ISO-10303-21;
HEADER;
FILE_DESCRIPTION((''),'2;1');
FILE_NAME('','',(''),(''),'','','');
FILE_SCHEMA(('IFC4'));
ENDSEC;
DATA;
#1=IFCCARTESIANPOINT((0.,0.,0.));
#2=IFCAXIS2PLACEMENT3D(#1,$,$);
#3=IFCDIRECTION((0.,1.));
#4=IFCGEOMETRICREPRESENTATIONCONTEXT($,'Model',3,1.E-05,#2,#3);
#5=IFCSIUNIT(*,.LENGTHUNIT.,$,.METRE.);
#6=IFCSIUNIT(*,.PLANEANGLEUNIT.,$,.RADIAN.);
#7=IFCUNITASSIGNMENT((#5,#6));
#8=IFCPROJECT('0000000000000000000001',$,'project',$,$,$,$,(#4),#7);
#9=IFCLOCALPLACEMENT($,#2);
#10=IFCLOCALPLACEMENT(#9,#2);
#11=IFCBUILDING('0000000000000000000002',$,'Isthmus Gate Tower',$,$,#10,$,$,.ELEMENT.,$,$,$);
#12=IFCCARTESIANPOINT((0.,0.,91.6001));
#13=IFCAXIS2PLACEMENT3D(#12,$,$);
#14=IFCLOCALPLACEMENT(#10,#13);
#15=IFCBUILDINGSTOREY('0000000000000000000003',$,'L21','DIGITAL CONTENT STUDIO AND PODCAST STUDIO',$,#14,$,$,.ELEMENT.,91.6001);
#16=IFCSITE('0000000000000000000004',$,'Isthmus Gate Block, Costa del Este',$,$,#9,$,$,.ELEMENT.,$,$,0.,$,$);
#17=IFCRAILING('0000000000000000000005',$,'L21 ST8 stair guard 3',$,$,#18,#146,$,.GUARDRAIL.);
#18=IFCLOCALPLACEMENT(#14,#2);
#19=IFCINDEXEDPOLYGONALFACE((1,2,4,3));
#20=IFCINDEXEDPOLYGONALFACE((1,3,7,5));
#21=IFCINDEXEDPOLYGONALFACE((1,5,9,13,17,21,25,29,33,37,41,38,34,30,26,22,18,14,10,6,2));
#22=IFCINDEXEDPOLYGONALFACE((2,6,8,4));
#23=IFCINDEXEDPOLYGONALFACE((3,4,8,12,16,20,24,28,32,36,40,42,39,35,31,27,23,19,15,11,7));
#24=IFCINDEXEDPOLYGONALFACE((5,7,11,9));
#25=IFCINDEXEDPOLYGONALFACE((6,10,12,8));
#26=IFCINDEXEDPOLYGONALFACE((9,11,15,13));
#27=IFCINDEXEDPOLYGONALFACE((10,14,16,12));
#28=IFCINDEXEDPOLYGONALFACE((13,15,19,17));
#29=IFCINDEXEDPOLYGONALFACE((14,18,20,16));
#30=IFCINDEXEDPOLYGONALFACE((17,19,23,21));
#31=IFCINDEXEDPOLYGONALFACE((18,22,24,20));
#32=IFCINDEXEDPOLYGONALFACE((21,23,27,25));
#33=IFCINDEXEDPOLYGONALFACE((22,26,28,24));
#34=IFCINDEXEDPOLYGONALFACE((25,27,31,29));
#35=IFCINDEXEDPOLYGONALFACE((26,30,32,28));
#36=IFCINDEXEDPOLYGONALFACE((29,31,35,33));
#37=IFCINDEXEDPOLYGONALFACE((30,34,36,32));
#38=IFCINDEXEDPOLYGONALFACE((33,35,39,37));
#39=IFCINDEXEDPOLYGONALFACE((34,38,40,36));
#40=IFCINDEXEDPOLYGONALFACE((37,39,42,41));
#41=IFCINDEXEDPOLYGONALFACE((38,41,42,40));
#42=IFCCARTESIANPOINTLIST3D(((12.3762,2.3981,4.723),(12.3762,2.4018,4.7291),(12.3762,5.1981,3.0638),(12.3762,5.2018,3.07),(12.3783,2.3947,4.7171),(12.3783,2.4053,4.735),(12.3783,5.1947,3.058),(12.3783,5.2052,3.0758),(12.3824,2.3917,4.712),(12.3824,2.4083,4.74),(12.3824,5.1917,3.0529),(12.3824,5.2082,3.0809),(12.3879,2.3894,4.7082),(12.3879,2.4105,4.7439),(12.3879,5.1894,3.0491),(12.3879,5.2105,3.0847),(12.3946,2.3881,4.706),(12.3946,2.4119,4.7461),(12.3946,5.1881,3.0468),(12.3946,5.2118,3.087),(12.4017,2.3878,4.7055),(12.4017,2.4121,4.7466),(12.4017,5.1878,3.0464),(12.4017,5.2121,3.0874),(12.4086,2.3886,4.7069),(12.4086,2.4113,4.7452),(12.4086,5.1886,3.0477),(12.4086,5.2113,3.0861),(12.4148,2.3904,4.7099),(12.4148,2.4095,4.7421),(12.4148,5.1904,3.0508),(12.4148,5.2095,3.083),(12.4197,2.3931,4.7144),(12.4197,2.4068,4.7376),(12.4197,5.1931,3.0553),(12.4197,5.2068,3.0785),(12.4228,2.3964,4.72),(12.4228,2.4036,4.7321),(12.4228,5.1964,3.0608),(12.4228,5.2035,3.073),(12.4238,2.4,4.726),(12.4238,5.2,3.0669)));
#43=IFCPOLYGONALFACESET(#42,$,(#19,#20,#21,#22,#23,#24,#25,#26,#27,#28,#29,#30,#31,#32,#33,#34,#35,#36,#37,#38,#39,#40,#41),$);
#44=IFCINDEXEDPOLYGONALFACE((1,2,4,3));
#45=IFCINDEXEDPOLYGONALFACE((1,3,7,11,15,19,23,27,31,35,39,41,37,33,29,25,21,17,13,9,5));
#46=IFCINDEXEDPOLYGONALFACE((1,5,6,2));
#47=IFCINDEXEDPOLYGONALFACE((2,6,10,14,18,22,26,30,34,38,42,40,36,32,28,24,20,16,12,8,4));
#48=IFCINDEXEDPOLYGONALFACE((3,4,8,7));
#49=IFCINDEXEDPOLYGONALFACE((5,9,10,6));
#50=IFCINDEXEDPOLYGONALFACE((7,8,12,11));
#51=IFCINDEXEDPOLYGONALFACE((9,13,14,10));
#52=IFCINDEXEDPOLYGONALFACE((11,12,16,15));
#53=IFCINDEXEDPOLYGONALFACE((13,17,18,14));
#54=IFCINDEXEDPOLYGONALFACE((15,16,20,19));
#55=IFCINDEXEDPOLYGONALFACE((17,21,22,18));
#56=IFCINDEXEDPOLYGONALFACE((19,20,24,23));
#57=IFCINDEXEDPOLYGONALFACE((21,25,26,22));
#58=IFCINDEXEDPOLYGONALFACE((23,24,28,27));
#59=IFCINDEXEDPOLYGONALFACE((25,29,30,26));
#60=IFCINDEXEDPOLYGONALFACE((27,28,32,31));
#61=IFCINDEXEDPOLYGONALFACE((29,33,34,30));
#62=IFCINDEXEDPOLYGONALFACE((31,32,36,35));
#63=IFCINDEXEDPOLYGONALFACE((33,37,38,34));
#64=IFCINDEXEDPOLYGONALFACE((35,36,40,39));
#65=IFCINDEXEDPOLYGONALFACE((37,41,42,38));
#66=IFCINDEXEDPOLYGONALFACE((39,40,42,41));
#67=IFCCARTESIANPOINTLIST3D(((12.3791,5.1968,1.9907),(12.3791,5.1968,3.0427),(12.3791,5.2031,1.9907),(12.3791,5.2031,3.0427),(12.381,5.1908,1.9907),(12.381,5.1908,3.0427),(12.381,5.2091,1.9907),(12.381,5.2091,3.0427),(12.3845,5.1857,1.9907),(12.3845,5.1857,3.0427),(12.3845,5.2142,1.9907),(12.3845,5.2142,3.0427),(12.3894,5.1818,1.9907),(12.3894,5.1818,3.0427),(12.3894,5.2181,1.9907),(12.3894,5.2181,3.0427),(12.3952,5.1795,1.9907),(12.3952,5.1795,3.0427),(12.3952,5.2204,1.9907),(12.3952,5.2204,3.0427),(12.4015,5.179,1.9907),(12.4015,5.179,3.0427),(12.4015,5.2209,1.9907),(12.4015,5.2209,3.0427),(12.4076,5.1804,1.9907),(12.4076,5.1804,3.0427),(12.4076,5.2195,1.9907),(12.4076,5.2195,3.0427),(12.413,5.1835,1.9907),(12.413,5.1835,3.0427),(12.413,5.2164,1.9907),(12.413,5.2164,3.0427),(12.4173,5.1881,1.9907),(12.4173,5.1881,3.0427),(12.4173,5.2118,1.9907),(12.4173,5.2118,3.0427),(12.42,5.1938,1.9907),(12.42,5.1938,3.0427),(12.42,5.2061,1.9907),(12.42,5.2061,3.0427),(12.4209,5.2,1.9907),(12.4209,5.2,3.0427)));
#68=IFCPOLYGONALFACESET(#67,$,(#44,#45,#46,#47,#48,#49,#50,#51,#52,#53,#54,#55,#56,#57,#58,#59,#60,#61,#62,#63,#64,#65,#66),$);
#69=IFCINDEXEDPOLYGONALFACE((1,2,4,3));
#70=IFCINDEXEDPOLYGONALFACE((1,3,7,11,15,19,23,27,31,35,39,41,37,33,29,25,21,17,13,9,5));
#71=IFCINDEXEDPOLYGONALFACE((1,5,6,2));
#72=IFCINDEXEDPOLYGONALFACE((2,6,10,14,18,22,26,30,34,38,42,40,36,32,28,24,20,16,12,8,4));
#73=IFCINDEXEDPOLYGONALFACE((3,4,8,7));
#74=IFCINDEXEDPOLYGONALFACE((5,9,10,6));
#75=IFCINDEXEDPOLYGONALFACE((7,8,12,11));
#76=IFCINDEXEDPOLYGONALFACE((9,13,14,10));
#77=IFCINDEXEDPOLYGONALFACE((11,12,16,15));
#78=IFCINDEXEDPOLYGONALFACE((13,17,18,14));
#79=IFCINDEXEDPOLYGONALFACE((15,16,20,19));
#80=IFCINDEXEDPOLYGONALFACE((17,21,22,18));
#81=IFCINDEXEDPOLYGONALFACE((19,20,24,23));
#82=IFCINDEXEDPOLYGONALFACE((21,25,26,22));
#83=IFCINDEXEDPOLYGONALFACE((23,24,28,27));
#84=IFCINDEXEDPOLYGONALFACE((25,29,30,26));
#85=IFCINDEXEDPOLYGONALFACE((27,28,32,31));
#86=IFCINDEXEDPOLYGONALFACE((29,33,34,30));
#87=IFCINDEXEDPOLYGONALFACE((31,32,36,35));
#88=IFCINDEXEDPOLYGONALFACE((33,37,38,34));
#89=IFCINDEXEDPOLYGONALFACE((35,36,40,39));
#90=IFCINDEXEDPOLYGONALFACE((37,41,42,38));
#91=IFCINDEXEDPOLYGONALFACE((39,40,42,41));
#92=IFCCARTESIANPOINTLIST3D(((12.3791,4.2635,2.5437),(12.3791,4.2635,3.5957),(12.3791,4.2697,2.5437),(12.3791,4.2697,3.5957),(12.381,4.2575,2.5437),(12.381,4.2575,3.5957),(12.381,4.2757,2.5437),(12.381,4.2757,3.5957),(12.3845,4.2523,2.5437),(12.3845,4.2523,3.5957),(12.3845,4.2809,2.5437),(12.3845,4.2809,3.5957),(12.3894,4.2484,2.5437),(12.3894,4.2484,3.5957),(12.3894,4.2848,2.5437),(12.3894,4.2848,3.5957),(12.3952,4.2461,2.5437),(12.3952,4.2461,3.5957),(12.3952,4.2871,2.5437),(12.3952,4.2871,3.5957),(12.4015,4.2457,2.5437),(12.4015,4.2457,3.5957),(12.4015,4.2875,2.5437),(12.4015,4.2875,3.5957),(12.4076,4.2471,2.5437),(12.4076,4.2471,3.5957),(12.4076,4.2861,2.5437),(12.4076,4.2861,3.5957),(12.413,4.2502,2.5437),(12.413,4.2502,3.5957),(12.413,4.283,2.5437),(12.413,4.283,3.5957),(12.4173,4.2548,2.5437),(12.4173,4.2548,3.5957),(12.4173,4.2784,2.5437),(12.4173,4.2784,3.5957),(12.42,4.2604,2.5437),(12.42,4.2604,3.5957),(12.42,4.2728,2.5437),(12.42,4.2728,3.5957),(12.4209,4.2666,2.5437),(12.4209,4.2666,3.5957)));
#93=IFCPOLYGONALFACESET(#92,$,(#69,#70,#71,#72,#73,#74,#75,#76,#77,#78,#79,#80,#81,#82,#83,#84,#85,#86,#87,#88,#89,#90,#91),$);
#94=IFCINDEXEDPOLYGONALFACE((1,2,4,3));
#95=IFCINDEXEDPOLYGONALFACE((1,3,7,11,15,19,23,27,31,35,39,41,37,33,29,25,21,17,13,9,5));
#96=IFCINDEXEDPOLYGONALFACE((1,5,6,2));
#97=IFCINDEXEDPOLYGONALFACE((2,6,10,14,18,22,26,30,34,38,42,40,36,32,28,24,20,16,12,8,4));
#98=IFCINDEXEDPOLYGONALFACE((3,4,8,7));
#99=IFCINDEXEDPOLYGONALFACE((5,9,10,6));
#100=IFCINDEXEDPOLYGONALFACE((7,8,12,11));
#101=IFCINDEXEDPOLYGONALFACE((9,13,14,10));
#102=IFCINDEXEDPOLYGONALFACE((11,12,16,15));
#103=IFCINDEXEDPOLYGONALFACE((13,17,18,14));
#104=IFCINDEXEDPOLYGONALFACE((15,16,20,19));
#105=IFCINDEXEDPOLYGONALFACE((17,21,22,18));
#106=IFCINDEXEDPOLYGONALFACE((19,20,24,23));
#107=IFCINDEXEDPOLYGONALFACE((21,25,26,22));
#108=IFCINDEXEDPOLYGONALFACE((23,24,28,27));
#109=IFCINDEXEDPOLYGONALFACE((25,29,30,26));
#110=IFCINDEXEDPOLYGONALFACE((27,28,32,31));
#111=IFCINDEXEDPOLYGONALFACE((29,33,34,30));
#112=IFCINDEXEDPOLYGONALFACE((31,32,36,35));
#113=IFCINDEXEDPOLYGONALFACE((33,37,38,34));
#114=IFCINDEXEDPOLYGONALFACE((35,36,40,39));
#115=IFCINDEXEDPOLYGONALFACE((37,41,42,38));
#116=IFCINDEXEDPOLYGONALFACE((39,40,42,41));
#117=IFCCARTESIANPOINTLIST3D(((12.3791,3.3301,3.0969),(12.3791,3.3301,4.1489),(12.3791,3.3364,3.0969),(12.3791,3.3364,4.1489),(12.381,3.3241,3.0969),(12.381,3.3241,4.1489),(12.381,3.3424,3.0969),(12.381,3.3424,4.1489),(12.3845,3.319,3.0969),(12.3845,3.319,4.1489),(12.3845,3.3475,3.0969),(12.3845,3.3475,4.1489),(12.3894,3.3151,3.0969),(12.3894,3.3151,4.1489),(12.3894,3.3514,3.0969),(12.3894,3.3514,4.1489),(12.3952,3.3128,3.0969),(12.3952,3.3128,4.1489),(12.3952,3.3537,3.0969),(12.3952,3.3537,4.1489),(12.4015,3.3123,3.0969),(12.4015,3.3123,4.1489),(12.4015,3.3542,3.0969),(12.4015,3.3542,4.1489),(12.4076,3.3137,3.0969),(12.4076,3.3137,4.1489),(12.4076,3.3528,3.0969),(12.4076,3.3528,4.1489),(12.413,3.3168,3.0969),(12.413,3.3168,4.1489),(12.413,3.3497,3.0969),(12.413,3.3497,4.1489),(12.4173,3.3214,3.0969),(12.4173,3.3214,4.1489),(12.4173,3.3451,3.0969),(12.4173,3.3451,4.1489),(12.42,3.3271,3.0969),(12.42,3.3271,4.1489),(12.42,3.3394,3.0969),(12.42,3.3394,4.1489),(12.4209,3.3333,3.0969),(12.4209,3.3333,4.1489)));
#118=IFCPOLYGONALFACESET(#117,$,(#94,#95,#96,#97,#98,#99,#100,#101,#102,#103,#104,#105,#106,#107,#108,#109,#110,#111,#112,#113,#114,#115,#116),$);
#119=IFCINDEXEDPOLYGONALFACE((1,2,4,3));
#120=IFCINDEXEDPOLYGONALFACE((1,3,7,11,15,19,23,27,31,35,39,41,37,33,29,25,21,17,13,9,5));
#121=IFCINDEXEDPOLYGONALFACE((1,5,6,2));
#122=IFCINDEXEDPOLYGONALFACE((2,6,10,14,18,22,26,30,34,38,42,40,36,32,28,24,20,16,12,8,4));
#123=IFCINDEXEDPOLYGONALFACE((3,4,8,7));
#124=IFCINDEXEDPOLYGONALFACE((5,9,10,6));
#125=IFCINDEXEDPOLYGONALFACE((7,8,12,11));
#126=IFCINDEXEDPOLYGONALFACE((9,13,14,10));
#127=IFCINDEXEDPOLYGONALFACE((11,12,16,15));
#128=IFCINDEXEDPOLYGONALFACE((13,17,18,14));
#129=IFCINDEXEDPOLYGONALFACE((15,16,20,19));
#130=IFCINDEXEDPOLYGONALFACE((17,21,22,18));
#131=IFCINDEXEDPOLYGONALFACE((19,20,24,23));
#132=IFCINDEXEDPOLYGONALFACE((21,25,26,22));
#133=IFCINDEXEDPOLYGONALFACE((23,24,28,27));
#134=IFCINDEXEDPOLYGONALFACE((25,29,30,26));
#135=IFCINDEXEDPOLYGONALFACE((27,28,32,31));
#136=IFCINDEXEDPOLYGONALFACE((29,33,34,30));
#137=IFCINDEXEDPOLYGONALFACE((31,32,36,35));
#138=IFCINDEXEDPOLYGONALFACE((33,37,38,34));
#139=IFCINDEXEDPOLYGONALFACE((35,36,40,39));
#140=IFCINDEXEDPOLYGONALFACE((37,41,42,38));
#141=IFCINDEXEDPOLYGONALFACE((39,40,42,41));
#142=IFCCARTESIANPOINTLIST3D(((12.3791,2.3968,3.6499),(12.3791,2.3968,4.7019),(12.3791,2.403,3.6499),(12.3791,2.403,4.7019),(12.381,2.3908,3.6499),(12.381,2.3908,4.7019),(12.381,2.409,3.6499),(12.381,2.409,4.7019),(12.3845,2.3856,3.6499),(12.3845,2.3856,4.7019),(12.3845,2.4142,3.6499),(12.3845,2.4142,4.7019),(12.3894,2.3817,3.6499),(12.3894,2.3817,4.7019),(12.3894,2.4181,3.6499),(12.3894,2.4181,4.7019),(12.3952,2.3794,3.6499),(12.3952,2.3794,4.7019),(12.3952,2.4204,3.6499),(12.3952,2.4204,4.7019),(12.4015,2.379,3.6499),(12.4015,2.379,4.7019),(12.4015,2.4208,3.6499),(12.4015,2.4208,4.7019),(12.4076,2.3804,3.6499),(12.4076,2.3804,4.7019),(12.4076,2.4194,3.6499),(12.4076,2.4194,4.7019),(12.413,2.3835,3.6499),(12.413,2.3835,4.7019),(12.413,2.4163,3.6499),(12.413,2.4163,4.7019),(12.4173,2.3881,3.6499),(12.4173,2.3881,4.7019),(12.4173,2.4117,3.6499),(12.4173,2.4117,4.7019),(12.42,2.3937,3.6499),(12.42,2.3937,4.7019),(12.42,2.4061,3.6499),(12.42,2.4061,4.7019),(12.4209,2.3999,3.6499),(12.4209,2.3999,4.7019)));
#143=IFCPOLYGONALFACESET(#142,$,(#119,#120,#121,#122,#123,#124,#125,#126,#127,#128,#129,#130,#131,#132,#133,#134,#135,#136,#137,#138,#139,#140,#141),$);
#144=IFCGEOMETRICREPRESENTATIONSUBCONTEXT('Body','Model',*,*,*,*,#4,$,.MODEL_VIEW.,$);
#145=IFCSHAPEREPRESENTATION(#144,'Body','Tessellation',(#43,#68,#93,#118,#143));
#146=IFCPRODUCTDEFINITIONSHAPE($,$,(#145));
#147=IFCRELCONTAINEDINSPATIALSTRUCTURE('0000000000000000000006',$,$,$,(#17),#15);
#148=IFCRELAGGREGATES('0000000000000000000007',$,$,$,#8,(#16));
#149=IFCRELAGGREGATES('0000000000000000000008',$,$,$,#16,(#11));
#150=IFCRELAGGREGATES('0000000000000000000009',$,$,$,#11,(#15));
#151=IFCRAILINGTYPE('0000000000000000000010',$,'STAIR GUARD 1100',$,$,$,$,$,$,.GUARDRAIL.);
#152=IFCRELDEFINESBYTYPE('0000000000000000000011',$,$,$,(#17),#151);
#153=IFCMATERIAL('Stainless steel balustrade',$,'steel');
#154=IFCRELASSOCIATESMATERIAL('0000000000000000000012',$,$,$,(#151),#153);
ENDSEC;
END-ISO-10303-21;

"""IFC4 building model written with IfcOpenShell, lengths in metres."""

from ifc_helpers import new_model, si_unit, direction, frame, origin, origin_2d, place, context, subcontext, project, spatial, circle, extrude, material, type_object, element, save


model = new_model("IFC4")

# Units and contexts
model_context = context("Model", 3, precision=1e-05, world=origin(), true_north=direction((0.0, 1.0)))
body_context = subcontext(model_context, "Body", "Model", "MODEL_VIEW")
ifc_project = project(units=[si_unit("LENGTHUNIT", "METRE"), si_unit("PLANEANGLEUNIT", "RADIAN")], contexts=[model_context])

# Site, building, storey
site_placement = place(None, origin())
site = spatial("IfcSite", under=ifc_project, at=site_placement, Name="Isthmus Gate Block, Costa del Este", CompositionType="ELEMENT", RefElevation=0.0)
building_placement = place(site_placement, origin())
building = spatial("IfcBuilding", under=site, at=building_placement, Name="Isthmus Gate Tower", CompositionType="ELEMENT")
storey_placement = place(building_placement, frame((0.0, 0.0, 91.6001)))
storey = spatial("IfcBuildingStorey", under=building, at=storey_placement, Name="L21", Description="DIGITAL CONTENT STUDIO AND PODCAST STUDIO", CompositionType="ELEMENT", Elevation=91.6001)

# Railing
ifc_material_1 = material(Name="Stainless steel balustrade", Category="steel")
railing_type_1 = type_object("IfcRailingType", Name="STAIR GUARD 1100", PredefinedType="GUARDRAIL", material=ifc_material_1)
railing_1_placement = place(storey_placement, frame((12.3999, 5.2, 1.9907)))
element("IfcRailing", 1, at=railing_1_placement, inside=storey, type_object=railing_type_1, Name="L21 ST8 stair guard 3", PredefinedType="GUARDRAIL", context=body_context, shape_type="SweptSolid", body=[
    extrude(circle(Radius=0.0239, at=origin_2d()), frame((0.0, 0.0, 1.0762), z_axis=(0.0, -0.860306, 0.509778), x_axis=(1.0, 0.0, 0.0)), (0.0, 0.0, 1.0), 3.2546),
    extrude(circle(Radius=0.021, at=origin_2d()), origin(), (0.0, 0.0, 1.0), 1.052),
    extrude(circle(Radius=0.021, at=origin_2d()), frame((0.0, -0.9333, 0.553)), (0.0, 0.0, 1.0), 1.052),
    extrude(circle(Radius=0.021, at=origin_2d()), frame((0.0, -1.8667, 1.1062)), (0.0, 0.0, 1.0), 1.052),
    extrude(circle(Radius=0.021, at=origin_2d()), frame((0.0, -2.8, 1.6592)), (0.0, 0.0, 1.0), 1.052),
])

save(model, "model.ifc")
